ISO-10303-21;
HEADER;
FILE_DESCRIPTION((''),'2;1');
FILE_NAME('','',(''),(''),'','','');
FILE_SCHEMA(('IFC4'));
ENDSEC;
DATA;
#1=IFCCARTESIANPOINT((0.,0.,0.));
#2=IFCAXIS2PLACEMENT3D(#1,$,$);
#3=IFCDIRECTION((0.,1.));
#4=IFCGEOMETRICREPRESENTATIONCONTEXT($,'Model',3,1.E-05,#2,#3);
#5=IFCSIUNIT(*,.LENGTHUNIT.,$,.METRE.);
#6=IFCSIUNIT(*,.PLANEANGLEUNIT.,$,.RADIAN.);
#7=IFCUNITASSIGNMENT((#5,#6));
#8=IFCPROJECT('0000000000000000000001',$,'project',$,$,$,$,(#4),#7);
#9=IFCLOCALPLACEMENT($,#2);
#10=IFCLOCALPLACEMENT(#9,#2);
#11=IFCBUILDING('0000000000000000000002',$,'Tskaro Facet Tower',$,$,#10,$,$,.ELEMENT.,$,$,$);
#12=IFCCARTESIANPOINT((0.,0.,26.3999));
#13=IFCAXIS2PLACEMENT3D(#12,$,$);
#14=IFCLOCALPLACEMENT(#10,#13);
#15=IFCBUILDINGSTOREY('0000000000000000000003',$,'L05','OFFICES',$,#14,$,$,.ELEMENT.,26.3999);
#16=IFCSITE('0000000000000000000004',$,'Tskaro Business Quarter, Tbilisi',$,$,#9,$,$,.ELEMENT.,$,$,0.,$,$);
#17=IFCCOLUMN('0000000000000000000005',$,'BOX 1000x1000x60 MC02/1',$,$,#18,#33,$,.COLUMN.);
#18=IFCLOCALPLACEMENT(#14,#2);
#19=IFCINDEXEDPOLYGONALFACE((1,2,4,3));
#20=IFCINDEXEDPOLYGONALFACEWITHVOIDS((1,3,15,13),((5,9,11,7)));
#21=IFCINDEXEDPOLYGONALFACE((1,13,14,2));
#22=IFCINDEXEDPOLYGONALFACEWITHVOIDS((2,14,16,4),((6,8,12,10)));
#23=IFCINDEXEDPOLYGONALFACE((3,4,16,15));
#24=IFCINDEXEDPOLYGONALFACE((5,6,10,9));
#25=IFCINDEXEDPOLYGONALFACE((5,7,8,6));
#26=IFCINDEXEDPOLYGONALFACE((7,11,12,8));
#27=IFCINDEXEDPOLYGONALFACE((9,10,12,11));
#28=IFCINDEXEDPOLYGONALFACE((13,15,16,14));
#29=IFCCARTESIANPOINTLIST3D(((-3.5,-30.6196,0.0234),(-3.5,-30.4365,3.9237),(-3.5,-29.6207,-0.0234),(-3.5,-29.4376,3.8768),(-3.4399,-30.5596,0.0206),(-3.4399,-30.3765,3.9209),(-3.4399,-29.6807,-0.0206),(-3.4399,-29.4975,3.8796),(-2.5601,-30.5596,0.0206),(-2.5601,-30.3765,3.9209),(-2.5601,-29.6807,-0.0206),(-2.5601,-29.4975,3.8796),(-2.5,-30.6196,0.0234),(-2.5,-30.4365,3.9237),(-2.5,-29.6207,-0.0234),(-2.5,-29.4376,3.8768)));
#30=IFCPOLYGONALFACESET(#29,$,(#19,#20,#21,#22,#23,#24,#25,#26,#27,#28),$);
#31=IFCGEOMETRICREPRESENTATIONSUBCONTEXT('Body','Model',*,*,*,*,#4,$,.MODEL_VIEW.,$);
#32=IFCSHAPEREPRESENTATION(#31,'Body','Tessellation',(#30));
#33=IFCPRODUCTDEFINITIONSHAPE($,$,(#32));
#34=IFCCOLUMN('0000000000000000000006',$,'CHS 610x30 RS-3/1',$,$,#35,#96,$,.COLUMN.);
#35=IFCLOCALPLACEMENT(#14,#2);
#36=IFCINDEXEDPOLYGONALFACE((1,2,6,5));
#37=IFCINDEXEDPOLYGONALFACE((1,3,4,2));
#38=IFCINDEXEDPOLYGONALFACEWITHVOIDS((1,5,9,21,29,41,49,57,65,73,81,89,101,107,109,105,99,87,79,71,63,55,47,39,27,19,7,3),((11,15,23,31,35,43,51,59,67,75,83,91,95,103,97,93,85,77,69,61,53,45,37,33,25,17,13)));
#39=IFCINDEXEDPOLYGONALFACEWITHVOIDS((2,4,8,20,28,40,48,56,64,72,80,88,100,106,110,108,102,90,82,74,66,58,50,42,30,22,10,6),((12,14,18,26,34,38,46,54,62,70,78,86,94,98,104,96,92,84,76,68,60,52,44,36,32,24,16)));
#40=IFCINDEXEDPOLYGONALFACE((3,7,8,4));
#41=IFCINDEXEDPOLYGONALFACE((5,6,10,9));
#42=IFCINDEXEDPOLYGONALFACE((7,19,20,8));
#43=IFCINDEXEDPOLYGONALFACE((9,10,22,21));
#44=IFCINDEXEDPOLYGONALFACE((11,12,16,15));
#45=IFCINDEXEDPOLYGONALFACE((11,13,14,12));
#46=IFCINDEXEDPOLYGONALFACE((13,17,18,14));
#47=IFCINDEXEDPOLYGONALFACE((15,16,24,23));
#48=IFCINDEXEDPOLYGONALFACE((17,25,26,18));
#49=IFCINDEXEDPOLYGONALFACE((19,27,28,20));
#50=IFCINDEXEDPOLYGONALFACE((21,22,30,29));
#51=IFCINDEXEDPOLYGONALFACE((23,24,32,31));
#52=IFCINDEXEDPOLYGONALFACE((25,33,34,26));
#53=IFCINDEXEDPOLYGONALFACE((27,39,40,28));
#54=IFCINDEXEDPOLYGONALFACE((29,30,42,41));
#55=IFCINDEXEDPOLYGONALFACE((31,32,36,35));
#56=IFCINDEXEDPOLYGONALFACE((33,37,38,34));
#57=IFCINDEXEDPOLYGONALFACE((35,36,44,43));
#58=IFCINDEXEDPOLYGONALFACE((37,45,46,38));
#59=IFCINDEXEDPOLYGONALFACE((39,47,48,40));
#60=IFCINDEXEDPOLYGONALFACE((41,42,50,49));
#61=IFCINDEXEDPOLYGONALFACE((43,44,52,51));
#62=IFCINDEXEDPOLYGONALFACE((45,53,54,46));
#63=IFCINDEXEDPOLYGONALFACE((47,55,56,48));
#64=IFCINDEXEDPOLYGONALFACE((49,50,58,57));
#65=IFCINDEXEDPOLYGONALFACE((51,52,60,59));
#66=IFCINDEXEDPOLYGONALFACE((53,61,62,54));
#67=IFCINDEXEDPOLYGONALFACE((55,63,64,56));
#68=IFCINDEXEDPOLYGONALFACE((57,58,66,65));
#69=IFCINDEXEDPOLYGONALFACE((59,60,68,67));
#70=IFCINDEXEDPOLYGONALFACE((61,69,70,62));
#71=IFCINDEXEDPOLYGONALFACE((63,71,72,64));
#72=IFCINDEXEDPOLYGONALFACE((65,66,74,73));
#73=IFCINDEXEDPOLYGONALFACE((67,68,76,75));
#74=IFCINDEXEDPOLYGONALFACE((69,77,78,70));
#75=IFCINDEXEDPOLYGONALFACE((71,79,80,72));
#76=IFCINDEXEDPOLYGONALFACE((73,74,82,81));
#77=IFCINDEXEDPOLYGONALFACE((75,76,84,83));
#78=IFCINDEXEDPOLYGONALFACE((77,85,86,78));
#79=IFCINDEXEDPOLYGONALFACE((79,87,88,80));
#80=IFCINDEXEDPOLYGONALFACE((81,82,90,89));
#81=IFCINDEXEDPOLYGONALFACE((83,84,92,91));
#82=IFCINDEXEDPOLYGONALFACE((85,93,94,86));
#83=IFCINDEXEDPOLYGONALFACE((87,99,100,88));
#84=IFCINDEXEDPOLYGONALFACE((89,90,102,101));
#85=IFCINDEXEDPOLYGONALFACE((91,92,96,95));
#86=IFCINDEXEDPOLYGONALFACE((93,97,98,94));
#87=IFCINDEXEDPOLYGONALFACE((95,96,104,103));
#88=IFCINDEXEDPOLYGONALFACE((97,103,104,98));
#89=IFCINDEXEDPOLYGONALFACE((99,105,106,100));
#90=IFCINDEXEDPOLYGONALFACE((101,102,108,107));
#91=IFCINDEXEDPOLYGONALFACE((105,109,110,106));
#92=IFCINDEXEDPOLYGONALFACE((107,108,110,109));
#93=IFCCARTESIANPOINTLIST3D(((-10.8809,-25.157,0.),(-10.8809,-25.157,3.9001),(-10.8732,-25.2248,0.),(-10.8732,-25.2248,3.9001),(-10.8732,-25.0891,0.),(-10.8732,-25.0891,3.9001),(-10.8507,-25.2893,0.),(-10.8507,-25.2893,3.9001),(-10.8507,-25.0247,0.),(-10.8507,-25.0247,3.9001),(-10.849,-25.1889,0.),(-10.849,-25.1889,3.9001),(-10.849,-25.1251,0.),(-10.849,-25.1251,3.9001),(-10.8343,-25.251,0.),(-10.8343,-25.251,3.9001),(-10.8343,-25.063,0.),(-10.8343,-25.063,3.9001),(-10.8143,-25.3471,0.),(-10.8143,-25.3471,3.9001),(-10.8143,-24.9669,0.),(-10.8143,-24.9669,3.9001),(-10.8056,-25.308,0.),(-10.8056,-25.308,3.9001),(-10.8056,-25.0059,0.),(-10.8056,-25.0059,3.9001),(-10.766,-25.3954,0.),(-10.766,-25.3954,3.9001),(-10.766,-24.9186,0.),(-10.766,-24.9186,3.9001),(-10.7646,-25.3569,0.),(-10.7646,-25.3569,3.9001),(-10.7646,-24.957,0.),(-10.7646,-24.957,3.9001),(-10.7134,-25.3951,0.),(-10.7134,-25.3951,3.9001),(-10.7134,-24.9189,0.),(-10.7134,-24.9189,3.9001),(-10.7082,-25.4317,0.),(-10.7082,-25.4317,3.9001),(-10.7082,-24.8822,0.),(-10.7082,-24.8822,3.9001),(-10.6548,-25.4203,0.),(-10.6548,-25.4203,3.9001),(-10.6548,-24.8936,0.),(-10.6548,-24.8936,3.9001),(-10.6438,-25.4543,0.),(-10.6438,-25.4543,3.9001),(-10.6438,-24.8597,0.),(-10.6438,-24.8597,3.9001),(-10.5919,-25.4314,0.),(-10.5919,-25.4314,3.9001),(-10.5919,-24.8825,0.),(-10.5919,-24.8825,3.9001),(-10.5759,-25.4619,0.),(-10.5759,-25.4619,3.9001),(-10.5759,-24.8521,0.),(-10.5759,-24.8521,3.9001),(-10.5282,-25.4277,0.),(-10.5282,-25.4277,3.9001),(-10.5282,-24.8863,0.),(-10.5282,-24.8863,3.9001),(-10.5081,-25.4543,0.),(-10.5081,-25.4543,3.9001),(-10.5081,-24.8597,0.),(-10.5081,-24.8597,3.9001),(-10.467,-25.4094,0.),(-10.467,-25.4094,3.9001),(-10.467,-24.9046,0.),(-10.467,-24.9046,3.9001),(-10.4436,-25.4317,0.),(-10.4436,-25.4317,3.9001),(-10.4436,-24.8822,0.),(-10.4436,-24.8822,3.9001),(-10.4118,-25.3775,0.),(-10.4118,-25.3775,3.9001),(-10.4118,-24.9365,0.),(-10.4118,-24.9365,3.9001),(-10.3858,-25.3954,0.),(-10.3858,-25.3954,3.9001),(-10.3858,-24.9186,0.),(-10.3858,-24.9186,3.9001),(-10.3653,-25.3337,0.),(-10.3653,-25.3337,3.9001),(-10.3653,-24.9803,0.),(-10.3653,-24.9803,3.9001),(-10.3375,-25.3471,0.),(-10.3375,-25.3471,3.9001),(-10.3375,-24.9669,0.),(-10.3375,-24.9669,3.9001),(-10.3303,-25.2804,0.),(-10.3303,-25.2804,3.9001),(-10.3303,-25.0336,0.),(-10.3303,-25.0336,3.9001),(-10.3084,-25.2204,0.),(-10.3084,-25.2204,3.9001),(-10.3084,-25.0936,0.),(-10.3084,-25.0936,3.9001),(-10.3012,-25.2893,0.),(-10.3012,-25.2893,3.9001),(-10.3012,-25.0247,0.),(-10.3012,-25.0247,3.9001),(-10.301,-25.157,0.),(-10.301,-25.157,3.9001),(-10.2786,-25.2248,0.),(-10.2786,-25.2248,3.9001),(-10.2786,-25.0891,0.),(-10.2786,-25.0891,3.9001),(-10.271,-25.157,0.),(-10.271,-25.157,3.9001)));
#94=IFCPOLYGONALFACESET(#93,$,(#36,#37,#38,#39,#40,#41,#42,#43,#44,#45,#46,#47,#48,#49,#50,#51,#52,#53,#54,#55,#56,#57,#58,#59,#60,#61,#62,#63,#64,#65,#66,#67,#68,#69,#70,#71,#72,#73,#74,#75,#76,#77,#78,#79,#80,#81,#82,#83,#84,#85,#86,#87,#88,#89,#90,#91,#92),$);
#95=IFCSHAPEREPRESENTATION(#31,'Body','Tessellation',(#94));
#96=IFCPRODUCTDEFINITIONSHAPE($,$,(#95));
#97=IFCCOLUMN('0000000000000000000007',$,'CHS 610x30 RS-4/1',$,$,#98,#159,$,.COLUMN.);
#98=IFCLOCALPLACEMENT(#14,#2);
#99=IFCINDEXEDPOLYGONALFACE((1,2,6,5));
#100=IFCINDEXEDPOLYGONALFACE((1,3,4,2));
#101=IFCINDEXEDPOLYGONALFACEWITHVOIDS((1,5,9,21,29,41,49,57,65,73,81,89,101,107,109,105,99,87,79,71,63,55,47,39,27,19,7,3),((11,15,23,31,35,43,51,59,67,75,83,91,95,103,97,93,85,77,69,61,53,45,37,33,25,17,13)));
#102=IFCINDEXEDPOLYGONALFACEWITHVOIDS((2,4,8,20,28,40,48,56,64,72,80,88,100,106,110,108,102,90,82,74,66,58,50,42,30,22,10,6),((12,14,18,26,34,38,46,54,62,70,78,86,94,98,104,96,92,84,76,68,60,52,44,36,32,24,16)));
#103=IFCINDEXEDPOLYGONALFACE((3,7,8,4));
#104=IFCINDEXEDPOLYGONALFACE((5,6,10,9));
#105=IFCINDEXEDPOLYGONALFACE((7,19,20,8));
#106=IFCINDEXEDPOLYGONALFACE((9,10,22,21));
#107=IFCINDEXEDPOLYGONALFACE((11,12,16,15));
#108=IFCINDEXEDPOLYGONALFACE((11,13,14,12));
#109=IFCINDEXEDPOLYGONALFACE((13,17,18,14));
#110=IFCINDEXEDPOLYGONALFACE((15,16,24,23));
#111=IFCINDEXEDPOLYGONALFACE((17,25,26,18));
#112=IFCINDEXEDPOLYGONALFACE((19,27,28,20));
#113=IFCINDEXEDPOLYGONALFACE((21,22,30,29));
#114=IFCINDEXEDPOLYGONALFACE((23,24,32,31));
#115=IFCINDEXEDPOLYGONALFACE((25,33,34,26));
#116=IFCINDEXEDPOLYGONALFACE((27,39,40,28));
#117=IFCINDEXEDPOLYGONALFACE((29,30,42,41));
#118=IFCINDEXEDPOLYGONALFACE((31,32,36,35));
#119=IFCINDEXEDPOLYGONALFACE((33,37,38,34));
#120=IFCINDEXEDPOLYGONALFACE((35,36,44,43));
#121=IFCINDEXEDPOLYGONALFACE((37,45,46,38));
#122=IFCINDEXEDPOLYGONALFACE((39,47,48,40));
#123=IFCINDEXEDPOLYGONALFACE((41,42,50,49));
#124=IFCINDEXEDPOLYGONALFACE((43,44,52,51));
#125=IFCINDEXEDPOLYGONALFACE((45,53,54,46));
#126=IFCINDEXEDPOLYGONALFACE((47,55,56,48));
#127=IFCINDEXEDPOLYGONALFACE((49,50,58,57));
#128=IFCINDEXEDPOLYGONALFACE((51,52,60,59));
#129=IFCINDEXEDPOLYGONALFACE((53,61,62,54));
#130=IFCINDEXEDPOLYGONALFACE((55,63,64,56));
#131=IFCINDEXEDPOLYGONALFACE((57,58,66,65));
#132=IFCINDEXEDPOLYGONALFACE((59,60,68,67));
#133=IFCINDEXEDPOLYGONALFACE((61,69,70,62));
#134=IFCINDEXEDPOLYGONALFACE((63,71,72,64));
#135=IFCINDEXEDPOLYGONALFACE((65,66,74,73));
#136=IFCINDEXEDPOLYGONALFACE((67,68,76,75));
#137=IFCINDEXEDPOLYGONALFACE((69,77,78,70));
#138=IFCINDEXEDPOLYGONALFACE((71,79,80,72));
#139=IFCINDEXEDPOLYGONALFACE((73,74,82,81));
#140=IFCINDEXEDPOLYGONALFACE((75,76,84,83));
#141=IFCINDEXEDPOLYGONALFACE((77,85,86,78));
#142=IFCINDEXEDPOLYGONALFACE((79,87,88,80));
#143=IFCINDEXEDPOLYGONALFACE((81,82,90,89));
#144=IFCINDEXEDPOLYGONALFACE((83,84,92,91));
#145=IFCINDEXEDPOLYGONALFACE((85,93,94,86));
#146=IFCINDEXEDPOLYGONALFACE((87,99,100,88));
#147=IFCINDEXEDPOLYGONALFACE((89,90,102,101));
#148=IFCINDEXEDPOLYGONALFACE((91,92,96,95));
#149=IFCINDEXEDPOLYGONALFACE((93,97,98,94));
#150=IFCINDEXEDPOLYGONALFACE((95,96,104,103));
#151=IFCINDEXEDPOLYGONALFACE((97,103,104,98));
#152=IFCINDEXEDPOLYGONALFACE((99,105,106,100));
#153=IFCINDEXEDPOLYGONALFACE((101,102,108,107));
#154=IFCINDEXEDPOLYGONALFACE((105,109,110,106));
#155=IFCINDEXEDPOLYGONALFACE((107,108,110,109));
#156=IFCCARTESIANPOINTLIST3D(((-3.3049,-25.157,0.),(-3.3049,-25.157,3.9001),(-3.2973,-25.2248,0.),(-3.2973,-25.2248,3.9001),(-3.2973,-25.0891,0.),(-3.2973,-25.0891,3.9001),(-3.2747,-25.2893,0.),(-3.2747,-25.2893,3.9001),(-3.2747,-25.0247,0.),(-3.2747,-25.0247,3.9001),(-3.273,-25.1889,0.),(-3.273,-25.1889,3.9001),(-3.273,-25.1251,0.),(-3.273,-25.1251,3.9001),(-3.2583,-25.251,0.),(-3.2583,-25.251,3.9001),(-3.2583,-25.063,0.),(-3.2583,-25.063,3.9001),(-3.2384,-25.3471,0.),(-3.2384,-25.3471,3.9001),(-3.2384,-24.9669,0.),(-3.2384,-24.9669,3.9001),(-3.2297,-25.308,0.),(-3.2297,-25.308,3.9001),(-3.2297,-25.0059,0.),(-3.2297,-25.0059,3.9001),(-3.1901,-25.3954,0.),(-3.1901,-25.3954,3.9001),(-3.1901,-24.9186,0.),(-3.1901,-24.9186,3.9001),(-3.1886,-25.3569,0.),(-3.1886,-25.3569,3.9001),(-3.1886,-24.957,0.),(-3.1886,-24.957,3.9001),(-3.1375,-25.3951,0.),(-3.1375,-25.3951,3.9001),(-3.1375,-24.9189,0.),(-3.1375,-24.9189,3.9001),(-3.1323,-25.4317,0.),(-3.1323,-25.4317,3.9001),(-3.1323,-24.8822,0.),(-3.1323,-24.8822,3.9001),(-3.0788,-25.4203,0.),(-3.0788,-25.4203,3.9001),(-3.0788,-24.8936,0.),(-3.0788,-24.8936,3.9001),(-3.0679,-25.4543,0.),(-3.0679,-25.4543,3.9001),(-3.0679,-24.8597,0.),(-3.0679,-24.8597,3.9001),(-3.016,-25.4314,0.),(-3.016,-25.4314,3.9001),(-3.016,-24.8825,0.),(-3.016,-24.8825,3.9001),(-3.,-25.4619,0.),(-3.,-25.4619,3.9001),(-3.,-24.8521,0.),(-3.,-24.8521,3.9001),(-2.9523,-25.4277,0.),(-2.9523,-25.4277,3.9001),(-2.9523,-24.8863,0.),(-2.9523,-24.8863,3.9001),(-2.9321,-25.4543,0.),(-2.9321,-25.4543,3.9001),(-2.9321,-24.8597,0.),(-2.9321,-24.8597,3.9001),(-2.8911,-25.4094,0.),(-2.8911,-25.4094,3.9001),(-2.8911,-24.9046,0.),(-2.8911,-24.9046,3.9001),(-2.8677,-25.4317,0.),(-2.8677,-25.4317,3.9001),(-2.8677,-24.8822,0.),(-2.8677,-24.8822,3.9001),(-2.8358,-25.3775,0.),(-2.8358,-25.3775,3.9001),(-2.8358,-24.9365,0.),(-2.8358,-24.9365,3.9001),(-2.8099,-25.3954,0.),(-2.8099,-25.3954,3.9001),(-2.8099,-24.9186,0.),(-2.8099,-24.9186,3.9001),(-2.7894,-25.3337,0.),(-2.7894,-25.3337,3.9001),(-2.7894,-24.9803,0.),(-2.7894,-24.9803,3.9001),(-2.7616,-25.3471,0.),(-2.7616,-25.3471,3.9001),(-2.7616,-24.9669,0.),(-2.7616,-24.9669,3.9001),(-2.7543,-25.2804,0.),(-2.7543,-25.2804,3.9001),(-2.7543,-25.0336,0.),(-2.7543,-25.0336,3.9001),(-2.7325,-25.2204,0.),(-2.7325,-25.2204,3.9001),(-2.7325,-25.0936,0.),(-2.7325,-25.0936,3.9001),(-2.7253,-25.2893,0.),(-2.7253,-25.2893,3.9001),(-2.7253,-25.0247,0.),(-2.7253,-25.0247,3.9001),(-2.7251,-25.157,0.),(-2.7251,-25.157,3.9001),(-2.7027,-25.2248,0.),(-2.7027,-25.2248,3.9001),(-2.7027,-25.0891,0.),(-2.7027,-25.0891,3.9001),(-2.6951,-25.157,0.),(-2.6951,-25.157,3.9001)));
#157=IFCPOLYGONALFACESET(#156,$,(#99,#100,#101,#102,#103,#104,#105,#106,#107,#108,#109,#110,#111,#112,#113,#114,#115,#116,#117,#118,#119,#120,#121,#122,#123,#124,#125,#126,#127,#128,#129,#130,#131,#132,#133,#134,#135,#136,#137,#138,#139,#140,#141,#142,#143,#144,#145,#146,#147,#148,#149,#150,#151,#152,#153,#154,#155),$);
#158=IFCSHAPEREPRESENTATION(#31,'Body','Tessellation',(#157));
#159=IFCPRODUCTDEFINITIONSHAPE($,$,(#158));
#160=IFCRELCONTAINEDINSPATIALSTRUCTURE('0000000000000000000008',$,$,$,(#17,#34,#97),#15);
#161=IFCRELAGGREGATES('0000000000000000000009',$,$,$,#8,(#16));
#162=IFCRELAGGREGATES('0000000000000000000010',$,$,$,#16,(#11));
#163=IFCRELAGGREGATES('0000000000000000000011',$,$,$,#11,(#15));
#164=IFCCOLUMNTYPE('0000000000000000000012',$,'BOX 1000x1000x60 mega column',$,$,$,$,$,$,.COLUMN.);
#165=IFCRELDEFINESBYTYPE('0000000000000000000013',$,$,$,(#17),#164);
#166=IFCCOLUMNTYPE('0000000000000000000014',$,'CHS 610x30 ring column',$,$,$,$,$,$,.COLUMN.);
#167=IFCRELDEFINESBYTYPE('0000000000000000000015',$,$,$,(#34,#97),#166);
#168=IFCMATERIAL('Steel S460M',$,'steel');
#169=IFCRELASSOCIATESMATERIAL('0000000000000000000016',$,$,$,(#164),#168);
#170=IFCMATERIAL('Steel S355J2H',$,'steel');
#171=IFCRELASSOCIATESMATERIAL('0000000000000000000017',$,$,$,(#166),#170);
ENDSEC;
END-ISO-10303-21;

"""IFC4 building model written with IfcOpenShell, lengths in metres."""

from ifc_helpers import new_model, si_unit, direction, frame, origin, origin_2d, place, context, subcontext, project, spatial, hollow_rectangle, hollow_circle, extrude, material, material_profile, profile_set, type_object, element, save


model = new_model("IFC4")

# Units and contexts
model_context = context("Model", 3, precision=1e-05, world=origin(), true_north=direction((0.0, 1.0)))
body_context = subcontext(model_context, "Body", "Model", "MODEL_VIEW")
ifc_project = project(units=[si_unit("LENGTHUNIT", "METRE"), si_unit("PLANEANGLEUNIT", "RADIAN")], contexts=[model_context])

# Site, building, storey
site_placement = place(None, origin())
site = spatial("IfcSite", under=ifc_project, at=site_placement, Name="Tskaro Business Quarter, Tbilisi", CompositionType="ELEMENT", RefElevation=0.0)
building_placement = place(site_placement, origin())
building = spatial("IfcBuilding", under=site, at=building_placement, Name="Tskaro Facet Tower", CompositionType="ELEMENT")
storey_placement = place(building_placement, frame((0.0, 0.0, 26.3999)))
storey = spatial("IfcBuildingStorey", under=building, at=storey_placement, Name="L05", Description="OFFICES", CompositionType="ELEMENT", Elevation=26.3999)

# Columns
ifc_material_1 = material(Name="Steel S460M", Category="steel")
ifc_material_profile_1 = material_profile(ifc_material_1, hollow_rectangle(XDim=1.0, YDim=1.0, WallThickness=0.0601, at=origin_2d()), Name="BOX 1000x1000x60")
ifc_profile_set_1 = profile_set([ifc_material_profile_1], Name="Steel S460M")
column_type_1 = type_object("IfcColumnType", Name="BOX 1000x1000x60 mega column", PredefinedType="COLUMN", material=ifc_profile_set_1)
column_1_placement = place(storey_placement, frame((-3.0, -30.1201, 0.0), z_axis=(0.0, 0.046897, 0.9989), x_axis=(-1.0, 0.0, 0.0)))
element("IfcColumn", 1, at=column_1_placement, inside=storey, type_object=column_type_1, Name="BOX 1000x1000x60 MC02/1", PredefinedType="COLUMN", context=body_context, shape_type="SweptSolid", body=[
    extrude(hollow_rectangle(XDim=1.0, YDim=1.0, WallThickness=0.0601, at=origin_2d()), origin(), (0.0, 0.0, 1.0), 3.9045),
])
ifc_material_2 = material(Name="Steel S355J2H", Category="steel")
ifc_material_profile_2 = material_profile(ifc_material_2, hollow_circle(Radius=0.3049, WallThickness=0.03, at=origin_2d()), Name="CHS 610x30")
ifc_profile_set_2 = profile_set([ifc_material_profile_2], Name="Steel S355J2H")
column_type_2 = type_object("IfcColumnType", Name="CHS 610x30 ring column", PredefinedType="COLUMN", material=ifc_profile_set_2)
for number, where, z_axis, x_axis, name in (
    (2, (-10.5759, -25.157, 0.0), (0.0, 0.0, 1.0), (1.0, 0.0, 0.0), "CHS 610x30 RS-3/1"),
    (3, (-3.0, -25.157, 0.0), (0.0, 0.0, 1.0), (1.0, 0.0, 0.0), "CHS 610x30 RS-4/1"),
):
    element("IfcColumn", number, at=place(storey_placement, frame(where, z_axis=z_axis, x_axis=x_axis)), inside=storey, type_object=column_type_2, Name=name, PredefinedType="COLUMN", context=body_context, shape_type="SweptSolid", body=[
        extrude(hollow_circle(Radius=0.3049, WallThickness=0.03, at=origin_2d()), origin(), (0.0, 0.0, 1.0), 3.9001),
    ])

save(model, "model.ifc")
